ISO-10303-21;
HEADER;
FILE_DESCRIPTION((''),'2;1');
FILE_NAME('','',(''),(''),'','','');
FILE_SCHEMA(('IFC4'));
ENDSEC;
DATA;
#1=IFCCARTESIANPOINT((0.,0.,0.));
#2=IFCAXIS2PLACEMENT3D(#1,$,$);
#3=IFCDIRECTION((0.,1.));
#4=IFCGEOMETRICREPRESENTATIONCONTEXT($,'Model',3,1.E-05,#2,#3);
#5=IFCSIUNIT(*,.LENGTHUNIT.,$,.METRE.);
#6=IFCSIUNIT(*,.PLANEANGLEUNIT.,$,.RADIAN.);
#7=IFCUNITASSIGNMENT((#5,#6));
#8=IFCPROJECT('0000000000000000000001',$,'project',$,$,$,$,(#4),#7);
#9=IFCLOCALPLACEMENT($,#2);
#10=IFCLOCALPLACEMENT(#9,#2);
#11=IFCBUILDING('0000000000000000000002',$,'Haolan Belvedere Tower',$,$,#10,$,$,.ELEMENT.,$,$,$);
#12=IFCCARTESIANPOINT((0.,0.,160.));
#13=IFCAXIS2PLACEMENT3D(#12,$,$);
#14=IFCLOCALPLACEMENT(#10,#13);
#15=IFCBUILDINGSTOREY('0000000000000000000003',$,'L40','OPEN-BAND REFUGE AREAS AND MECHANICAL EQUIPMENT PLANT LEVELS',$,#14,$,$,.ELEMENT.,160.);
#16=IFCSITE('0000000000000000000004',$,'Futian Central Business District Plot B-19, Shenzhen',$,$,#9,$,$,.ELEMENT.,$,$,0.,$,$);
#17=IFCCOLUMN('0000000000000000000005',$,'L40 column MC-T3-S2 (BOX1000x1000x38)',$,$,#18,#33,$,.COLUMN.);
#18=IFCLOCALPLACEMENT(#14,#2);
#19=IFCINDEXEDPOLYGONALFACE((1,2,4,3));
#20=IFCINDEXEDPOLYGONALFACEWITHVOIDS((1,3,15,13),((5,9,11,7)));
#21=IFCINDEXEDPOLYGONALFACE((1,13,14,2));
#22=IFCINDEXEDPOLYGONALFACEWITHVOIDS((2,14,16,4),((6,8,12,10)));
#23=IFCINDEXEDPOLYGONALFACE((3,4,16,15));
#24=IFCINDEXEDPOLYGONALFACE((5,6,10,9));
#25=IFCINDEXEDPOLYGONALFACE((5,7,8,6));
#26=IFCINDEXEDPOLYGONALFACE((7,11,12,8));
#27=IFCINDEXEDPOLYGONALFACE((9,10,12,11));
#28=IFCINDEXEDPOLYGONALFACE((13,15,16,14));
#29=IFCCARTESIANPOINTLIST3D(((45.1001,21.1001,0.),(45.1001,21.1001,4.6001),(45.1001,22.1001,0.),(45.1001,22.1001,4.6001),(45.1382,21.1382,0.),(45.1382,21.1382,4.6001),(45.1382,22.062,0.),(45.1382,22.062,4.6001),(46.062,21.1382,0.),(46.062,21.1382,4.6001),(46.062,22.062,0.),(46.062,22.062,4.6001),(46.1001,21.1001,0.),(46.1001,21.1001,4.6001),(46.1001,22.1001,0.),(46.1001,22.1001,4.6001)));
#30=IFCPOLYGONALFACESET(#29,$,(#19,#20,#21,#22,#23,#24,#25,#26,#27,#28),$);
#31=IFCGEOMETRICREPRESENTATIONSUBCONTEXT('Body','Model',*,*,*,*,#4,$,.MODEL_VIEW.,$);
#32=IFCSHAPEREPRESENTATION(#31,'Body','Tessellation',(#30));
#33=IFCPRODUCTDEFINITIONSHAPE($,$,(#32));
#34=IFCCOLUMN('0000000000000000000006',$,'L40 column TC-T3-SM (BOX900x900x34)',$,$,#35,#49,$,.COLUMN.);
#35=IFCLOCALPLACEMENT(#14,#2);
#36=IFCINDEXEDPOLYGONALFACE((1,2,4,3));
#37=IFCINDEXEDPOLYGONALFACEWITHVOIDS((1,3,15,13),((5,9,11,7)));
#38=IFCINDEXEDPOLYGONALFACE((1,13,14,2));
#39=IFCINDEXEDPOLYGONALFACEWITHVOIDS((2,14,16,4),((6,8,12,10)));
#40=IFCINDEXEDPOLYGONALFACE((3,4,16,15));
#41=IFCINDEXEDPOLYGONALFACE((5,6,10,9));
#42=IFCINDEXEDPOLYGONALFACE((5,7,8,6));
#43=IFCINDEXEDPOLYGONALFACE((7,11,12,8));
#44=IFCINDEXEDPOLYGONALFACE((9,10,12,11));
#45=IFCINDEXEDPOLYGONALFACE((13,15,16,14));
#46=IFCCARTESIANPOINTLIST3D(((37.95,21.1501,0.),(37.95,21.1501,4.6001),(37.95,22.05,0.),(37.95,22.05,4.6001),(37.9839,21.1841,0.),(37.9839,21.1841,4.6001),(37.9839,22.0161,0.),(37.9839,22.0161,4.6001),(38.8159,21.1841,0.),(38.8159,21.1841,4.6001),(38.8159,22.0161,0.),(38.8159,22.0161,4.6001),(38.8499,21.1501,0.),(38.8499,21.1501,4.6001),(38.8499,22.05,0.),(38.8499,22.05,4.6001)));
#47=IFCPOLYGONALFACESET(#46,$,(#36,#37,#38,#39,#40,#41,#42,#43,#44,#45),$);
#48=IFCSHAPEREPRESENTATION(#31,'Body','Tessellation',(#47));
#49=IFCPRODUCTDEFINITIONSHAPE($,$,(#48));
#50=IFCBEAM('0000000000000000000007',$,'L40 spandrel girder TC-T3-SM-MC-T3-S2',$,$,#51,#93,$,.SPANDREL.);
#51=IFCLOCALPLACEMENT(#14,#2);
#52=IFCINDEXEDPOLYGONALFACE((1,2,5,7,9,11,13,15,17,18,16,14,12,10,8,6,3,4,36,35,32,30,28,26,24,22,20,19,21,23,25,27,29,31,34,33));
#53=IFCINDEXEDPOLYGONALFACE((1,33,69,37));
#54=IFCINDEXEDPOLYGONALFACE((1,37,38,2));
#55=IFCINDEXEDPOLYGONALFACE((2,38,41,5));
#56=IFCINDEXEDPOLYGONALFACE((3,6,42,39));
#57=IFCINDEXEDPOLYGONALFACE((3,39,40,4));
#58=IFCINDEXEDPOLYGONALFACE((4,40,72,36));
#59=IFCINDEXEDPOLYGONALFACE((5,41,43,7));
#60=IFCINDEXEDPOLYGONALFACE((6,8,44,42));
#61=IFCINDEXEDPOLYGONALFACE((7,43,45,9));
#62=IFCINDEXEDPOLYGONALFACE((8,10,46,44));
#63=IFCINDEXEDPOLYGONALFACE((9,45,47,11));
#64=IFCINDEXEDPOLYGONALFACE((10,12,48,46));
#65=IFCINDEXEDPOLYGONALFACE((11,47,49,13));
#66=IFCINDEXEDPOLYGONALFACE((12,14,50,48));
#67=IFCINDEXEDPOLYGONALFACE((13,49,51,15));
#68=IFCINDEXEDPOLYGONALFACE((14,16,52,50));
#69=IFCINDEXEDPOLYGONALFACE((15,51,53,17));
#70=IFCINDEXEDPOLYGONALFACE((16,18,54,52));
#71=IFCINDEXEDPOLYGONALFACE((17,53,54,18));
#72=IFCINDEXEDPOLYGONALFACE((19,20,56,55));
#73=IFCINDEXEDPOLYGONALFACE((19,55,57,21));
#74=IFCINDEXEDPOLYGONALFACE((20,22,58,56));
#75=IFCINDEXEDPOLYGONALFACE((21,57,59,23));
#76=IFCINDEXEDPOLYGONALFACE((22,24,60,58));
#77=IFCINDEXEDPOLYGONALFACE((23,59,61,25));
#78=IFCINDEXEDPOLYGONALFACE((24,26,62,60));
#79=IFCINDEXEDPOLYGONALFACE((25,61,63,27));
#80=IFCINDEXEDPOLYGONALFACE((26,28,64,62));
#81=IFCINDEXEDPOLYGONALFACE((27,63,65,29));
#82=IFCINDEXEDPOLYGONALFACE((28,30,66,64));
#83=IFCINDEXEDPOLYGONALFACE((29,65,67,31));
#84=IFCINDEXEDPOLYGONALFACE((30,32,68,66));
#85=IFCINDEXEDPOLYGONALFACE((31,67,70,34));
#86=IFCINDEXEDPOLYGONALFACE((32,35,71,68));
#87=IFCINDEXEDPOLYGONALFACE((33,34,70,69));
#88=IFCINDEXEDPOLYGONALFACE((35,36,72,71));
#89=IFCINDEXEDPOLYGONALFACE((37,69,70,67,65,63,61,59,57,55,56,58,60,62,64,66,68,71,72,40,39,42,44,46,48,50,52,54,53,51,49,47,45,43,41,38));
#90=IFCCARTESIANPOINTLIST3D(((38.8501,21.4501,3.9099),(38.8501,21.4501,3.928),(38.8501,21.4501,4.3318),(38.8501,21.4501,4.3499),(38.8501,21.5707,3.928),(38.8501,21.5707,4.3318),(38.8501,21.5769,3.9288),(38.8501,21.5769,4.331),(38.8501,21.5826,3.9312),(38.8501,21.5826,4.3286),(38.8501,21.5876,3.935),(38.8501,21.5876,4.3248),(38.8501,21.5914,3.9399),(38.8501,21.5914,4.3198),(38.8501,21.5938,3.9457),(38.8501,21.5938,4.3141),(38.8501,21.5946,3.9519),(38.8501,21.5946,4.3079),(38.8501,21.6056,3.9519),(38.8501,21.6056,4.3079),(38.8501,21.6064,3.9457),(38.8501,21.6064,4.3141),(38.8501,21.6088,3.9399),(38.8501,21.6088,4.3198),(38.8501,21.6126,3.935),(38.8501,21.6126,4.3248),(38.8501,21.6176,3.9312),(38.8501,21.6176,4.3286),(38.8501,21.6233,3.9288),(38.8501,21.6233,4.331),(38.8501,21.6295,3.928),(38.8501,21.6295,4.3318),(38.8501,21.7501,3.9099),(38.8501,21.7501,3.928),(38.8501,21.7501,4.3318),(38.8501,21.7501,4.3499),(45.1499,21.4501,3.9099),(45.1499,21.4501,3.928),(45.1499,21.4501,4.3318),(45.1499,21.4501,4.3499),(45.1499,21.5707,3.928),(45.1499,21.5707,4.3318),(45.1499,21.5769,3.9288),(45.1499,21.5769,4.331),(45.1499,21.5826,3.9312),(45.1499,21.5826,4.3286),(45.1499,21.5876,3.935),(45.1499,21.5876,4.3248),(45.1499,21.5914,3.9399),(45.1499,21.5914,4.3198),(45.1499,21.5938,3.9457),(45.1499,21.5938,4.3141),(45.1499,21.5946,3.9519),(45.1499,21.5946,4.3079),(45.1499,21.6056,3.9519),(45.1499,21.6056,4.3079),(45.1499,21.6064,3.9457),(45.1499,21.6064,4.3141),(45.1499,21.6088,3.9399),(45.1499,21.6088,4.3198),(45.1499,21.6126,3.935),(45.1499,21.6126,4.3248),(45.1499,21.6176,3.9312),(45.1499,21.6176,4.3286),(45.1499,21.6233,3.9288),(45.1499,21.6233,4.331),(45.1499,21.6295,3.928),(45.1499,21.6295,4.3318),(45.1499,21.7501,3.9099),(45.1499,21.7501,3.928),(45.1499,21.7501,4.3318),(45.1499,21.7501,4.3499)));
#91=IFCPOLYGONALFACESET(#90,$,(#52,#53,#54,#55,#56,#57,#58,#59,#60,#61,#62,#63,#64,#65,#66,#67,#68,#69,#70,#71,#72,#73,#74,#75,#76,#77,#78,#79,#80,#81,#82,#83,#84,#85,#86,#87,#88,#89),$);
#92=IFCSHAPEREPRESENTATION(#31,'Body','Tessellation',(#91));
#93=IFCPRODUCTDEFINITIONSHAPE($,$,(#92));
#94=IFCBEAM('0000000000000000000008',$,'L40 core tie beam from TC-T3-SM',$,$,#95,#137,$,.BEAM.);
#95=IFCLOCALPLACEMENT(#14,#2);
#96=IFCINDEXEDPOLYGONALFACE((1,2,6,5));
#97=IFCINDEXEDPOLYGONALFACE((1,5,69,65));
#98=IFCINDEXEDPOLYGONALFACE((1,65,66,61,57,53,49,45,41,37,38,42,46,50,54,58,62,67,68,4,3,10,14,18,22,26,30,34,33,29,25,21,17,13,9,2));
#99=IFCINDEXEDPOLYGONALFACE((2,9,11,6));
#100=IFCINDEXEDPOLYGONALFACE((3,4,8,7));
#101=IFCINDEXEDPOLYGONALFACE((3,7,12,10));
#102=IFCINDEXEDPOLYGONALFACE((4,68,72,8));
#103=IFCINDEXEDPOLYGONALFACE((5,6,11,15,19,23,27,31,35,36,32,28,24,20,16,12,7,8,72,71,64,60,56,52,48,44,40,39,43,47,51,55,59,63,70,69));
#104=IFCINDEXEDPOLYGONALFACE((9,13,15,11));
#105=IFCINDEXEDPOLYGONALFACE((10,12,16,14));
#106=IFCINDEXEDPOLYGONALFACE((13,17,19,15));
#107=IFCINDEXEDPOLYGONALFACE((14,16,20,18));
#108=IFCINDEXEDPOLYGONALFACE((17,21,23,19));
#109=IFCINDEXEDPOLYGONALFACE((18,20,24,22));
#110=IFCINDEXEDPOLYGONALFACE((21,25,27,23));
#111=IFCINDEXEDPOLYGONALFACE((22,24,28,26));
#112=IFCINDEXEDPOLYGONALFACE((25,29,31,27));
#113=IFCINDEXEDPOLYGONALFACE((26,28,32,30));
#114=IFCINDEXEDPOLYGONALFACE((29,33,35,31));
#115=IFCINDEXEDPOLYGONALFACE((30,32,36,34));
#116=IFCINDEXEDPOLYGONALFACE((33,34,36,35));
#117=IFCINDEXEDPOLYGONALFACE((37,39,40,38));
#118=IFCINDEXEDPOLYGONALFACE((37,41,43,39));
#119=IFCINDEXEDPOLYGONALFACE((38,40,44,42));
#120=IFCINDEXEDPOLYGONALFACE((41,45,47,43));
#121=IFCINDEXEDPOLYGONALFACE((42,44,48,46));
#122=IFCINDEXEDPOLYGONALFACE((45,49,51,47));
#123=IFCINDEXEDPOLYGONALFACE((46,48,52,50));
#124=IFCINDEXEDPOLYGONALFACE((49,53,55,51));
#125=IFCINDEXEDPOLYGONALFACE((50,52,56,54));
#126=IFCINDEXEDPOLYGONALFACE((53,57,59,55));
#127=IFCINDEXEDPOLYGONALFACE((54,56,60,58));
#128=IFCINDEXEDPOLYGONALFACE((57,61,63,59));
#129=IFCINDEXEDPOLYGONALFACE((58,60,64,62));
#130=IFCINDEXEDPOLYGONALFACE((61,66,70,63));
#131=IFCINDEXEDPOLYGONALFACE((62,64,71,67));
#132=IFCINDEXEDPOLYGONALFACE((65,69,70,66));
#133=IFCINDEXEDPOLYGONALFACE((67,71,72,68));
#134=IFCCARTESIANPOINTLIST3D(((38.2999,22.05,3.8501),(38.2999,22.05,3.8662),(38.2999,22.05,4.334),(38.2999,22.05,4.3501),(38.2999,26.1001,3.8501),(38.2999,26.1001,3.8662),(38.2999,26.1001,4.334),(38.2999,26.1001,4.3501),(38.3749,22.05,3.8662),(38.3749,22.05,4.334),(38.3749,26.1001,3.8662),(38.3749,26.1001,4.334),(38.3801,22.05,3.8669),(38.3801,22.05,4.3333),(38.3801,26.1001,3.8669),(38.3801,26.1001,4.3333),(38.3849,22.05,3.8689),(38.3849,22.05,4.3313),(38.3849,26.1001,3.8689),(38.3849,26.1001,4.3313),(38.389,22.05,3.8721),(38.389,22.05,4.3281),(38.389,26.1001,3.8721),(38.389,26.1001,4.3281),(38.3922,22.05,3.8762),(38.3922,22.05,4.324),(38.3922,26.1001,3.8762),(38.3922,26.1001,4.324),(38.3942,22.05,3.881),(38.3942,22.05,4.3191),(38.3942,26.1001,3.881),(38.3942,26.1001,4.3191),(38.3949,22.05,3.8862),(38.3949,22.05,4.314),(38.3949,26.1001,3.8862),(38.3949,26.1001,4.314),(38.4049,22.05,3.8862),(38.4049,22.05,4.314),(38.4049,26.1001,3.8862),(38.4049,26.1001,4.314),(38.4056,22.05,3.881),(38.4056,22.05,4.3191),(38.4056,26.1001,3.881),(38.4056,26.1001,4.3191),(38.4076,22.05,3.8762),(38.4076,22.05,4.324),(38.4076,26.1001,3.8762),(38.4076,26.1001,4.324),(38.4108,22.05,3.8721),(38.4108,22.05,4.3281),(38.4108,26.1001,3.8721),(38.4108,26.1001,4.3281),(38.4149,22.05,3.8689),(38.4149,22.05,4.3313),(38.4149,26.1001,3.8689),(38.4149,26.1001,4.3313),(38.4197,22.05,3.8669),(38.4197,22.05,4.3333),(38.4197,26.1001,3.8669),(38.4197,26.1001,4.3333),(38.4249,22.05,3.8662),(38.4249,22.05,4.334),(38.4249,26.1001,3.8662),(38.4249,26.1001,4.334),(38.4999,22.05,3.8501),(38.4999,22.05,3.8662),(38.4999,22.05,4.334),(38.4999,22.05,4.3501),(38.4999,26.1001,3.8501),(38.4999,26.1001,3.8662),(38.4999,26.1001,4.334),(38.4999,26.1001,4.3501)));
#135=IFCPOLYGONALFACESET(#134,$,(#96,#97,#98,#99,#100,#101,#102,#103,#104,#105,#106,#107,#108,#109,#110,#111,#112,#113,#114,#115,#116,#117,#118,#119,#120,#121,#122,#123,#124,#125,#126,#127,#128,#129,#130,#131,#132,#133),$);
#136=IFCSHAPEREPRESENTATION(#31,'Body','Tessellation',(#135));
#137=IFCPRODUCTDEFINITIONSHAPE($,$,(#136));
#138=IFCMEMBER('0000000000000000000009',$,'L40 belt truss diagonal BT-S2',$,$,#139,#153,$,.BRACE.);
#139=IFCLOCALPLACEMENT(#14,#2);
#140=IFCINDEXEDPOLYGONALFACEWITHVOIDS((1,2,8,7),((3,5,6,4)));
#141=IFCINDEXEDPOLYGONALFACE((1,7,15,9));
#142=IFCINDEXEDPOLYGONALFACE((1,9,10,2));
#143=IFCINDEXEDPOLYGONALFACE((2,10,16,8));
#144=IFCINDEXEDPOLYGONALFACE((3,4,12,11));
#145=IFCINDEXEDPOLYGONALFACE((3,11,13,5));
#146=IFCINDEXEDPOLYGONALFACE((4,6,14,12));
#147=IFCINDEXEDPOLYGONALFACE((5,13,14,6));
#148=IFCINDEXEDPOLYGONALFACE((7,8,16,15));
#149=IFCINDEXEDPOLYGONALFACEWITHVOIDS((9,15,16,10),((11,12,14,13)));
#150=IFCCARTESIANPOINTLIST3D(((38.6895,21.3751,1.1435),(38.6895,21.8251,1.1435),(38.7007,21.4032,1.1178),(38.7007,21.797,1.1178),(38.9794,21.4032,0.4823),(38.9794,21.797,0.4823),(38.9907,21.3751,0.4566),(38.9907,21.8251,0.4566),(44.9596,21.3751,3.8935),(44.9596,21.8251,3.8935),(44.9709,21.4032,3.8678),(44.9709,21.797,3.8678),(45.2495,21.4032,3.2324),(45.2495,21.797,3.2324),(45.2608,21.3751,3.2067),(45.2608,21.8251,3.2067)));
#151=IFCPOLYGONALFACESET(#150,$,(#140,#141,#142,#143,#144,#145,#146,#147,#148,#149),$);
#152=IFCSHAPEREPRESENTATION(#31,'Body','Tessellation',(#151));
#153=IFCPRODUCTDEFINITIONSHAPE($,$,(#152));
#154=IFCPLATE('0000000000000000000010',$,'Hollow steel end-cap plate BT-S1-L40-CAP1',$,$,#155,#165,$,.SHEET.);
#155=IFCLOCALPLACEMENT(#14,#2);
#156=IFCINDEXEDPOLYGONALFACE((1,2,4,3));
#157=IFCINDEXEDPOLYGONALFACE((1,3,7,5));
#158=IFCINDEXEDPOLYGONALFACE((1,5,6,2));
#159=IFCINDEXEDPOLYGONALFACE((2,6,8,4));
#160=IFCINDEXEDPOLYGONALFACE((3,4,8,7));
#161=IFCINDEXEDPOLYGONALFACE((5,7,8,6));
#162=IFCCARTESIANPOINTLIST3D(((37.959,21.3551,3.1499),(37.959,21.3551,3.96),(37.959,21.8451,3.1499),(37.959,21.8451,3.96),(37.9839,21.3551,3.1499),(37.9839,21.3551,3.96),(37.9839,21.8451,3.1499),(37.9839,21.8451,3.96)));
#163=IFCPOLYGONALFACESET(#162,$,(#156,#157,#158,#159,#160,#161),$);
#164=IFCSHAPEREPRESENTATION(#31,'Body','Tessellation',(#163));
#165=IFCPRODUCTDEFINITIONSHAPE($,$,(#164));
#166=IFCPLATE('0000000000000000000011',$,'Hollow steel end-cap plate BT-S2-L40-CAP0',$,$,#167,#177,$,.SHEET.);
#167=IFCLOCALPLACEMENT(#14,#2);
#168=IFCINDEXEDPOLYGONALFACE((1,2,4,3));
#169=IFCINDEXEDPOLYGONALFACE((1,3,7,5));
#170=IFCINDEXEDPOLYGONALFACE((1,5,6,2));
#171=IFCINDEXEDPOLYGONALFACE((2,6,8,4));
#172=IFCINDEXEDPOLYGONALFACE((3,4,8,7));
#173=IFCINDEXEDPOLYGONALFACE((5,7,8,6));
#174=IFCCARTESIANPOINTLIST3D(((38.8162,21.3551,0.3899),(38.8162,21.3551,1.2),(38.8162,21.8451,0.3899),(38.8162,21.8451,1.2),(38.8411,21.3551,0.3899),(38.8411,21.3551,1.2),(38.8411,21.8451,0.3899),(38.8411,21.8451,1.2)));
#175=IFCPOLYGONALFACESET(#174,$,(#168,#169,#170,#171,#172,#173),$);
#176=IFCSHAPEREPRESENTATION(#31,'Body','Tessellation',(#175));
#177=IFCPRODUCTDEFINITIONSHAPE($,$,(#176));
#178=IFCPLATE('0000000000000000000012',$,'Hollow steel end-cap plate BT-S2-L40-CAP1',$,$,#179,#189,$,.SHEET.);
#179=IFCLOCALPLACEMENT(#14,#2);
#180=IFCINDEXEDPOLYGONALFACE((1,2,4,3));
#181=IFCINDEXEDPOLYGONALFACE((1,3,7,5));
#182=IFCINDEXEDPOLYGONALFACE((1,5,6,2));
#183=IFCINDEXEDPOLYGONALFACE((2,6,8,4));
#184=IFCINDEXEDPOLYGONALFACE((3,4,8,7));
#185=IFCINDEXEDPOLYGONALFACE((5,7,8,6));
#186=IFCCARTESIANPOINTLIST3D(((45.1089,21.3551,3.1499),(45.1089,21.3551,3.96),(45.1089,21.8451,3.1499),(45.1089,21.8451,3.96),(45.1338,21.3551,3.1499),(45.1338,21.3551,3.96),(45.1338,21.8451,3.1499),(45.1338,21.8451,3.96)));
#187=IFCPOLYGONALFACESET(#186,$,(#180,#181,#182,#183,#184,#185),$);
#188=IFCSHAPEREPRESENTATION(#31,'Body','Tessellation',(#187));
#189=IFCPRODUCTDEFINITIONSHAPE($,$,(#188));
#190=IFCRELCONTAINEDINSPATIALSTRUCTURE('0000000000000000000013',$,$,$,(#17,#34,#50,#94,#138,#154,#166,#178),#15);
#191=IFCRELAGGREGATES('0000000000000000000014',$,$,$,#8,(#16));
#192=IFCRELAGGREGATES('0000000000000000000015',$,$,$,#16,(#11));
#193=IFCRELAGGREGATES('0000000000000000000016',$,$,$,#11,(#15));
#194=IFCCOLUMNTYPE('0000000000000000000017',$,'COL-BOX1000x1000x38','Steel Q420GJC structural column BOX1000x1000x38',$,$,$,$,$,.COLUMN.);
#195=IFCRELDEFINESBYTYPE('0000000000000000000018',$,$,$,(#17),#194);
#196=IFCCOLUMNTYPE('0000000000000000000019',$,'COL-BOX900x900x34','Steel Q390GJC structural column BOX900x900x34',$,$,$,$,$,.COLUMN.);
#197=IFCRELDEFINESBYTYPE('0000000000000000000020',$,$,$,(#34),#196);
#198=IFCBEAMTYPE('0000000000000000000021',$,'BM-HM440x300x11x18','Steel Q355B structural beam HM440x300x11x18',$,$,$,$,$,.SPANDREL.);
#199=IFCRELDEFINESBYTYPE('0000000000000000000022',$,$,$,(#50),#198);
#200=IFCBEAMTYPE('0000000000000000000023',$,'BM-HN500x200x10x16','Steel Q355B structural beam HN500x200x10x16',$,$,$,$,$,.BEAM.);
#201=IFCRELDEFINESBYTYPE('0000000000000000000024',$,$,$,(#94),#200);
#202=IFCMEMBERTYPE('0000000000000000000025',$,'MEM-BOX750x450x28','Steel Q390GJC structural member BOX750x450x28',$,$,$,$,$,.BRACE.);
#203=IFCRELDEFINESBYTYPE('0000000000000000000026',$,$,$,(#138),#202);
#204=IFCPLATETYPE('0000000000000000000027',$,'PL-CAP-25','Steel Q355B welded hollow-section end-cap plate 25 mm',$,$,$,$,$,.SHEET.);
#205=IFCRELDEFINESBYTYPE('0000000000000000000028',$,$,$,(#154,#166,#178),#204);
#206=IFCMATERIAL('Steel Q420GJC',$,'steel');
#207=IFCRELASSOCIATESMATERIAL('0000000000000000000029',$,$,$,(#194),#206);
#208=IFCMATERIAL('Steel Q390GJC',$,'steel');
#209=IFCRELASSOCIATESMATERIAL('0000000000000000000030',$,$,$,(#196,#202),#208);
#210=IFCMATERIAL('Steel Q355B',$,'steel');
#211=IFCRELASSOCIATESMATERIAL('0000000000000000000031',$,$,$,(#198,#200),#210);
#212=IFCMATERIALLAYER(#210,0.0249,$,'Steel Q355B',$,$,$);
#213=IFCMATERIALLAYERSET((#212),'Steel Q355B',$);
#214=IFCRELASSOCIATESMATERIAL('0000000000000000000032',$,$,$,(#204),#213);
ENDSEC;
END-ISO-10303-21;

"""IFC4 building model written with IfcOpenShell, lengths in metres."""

from ifc_helpers import new_model, si_unit, direction, frame, origin, origin_2d, place, context, subcontext, project, spatial, rectangle, hollow_rectangle, i_section, extrude, material, layer, layer_set, material_profile, profile_set, type_object, element, save


model = new_model("IFC4")

# Units and contexts
model_context = context("Model", 3, precision=1e-05, world=origin(), true_north=direction((0.0, 1.0)))
body_context = subcontext(model_context, "Body", "Model", "MODEL_VIEW")
ifc_project = project(units=[si_unit("LENGTHUNIT", "METRE"), si_unit("PLANEANGLEUNIT", "RADIAN")], contexts=[model_context])

# Site, building, storey
site_placement = place(None, origin())
site = spatial("IfcSite", under=ifc_project, at=site_placement, Name="Futian Central Business District Plot B-19, Shenzhen", CompositionType="ELEMENT", RefElevation=0.0)
building_placement = place(site_placement, origin())
building = spatial("IfcBuilding", under=site, at=building_placement, Name="Haolan Belvedere Tower", CompositionType="ELEMENT")
storey_placement = place(building_placement, frame((0.0, 0.0, 160.0)))
storey = spatial("IfcBuildingStorey", under=building, at=storey_placement, Name="L40", Description="OPEN-BAND REFUGE AREAS AND MECHANICAL EQUIPMENT PLANT LEVELS", CompositionType="ELEMENT", Elevation=160.0)

# Columns
ifc_material_1 = material(Name="Steel Q420GJC", Category="steel")
ifc_material_profile_1 = material_profile(ifc_material_1, hollow_rectangle(XDim=1.0, YDim=1.0, WallThickness=0.0381, at=origin_2d()), Name="Steel Q420GJC")
ifc_profile_set_1 = profile_set([ifc_material_profile_1], Name="Steel Q420GJC")
column_type_1 = type_object("IfcColumnType", Name="COL-BOX1000x1000x38", Description="Steel Q420GJC structural column BOX1000x1000x38", PredefinedType="COLUMN", material=ifc_profile_set_1)
column_1_placement = place(storey_placement, frame((45.6001, 21.6001, 0.0), z_axis=(0.0, 0.0, 1.0), x_axis=(1.0, 0.0, 0.0)))
element("IfcColumn", 1, at=column_1_placement, inside=storey, type_object=column_type_1, Name="L40 column MC-T3-S2 (BOX1000x1000x38)", PredefinedType="COLUMN", context=body_context, shape_type="SweptSolid", body=[
    extrude(hollow_rectangle(XDim=1.0, YDim=1.0, WallThickness=0.0381, at=origin_2d()), origin(), (0.0, 0.0, 1.0), 4.6001),
])
ifc_material_2 = material(Name="Steel Q390GJC", Category="steel")
ifc_material_profile_2 = material_profile(ifc_material_2, hollow_rectangle(XDim=0.8999, YDim=0.8999, WallThickness=0.0339, at=origin_2d()), Name="Steel Q390GJC")
ifc_profile_set_2 = profile_set([ifc_material_profile_2], Name="Steel Q390GJC")
column_type_2 = type_object("IfcColumnType", Name="COL-BOX900x900x34", Description="Steel Q390GJC structural column BOX900x900x34", PredefinedType="COLUMN", material=ifc_profile_set_2)
column_2_placement = place(storey_placement, frame((38.3999, 21.6001, 0.0), z_axis=(0.0, 0.0, 1.0), x_axis=(1.0, 0.0, 0.0)))
element("IfcColumn", 2, at=column_2_placement, inside=storey, type_object=column_type_2, Name="L40 column TC-T3-SM (BOX900x900x34)", PredefinedType="COLUMN", context=body_context, shape_type="SweptSolid", body=[
    extrude(hollow_rectangle(XDim=0.8999, YDim=0.8999, WallThickness=0.0339, at=origin_2d()), origin(), (0.0, 0.0, 1.0), 4.6001),
])

# Beams
ifc_material_3 = material(Name="Steel Q355B", Category="steel")
ifc_material_profile_3 = material_profile(ifc_material_3, i_section(OverallWidth=0.3, OverallDepth=0.4399, WebThickness=0.011, FlangeThickness=0.0181, FilletRadius=0.0239, at=origin_2d()), Name="Steel Q355B")
ifc_profile_set_3 = profile_set([ifc_material_profile_3], Name="Steel Q355B")
beam_type_1 = type_object("IfcBeamType", Name="BM-HM440x300x11x18", Description="Steel Q355B structural beam HM440x300x11x18", PredefinedType="SPANDREL", material=ifc_profile_set_3)
beam_1_placement = place(storey_placement, frame((38.8501, 21.6001, 4.1299), z_axis=(1.0, 0.0, 0.0), x_axis=(0.0, 1.0, 0.0)))
element("IfcBeam", 3, at=beam_1_placement, inside=storey, type_object=beam_type_1, Name="L40 spandrel girder TC-T3-SM-MC-T3-S2", PredefinedType="SPANDREL", context=body_context, shape_type="SweptSolid", body=[
    extrude(i_section(OverallWidth=0.3, OverallDepth=0.4399, WebThickness=0.011, FlangeThickness=0.0181, FilletRadius=0.0239, at=origin_2d()), origin(), (0.0, 0.0, 1.0), 6.2998),
])
ifc_material_profile_4 = material_profile(ifc_material_3, i_section(OverallWidth=0.2, OverallDepth=0.5, WebThickness=0.01, FlangeThickness=0.0161, FilletRadius=0.02, at=origin_2d()), Name="Steel Q355B")
ifc_profile_set_4 = profile_set([ifc_material_profile_4], Name="Steel Q355B")
beam_type_2 = type_object("IfcBeamType", Name="BM-HN500x200x10x16", Description="Steel Q355B structural beam HN500x200x10x16", PredefinedType="BEAM", material=ifc_profile_set_4)
beam_2_placement = place(storey_placement, frame((38.3999, 22.05, 4.1001), z_axis=(0.0, 1.0, 0.0), x_axis=(-1.0, 0.0, 0.0)))
element("IfcBeam", 4, at=beam_2_placement, inside=storey, type_object=beam_type_2, Name="L40 core tie beam from TC-T3-SM", PredefinedType="BEAM", context=body_context, shape_type="SweptSolid", body=[
    extrude(i_section(OverallWidth=0.2, OverallDepth=0.5, WebThickness=0.01, FlangeThickness=0.0161, FilletRadius=0.02, at=origin_2d()), origin(), (0.0, 0.0, 1.0), 4.05),
])

# Member
ifc_material_profile_5 = material_profile(ifc_material_2, hollow_rectangle(XDim=0.45, YDim=0.75, WallThickness=0.0281, at=origin_2d()), Name="Steel Q390GJC")
ifc_profile_set_5 = profile_set([ifc_material_profile_5], Name="Steel Q390GJC")
member_type = type_object("IfcMemberType", Name="MEM-BOX750x450x28", Description="Steel Q390GJC structural member BOX750x450x28", PredefinedType="BRACE", material=ifc_profile_set_5)
member_placement = place(storey_placement, frame((38.8401, 21.6001, 0.8), z_axis=(0.915789, 0.0, 0.40166), x_axis=(0.0, 1.0, 0.0)))
element("IfcMember", 5, at=member_placement, inside=storey, type_object=member_type, Name="L40 belt truss diagonal BT-S2", PredefinedType="BRACE", context=body_context, shape_type="SweptSolid", body=[
    extrude(hollow_rectangle(XDim=0.45, YDim=0.75, WallThickness=0.0281, at=origin_2d()), origin(), (0.0, 0.0, 1.0), 6.8467),
])

# Plates
ifc_layer_1 = layer(ifc_material_3, 0.0249, Name="Steel Q355B")
ifc_layer_set_1 = layer_set([ifc_layer_1], Name="Steel Q355B")
plate_type_1 = type_object("IfcPlateType", Name="PL-CAP-25", Description="Steel Q355B welded hollow-section end-cap plate 25 mm", PredefinedType="SHEET", material=ifc_layer_set_1)
for number, where, z_axis, x_axis, name in (
    (6, (37.9714, 21.6001, 3.1499), (0.0, 0.0, 1.0), (0.0, 1.0, 0.0), "Hollow steel end-cap plate BT-S1-L40-CAP1"),
    (7, (38.8286, 21.6001, 0.3899), (0.0, 0.0, 1.0), (0.0, -1.0, 0.0), "Hollow steel end-cap plate BT-S2-L40-CAP0"),
    (8, (45.1213, 21.6001, 3.1499), (0.0, 0.0, 1.0), (0.0, 1.0, 0.0), "Hollow steel end-cap plate BT-S2-L40-CAP1"),
):
    element("IfcPlate", number, at=place(storey_placement, frame(where, z_axis=z_axis, x_axis=x_axis)), inside=storey, type_object=plate_type_1, Name=name, PredefinedType="SHEET", context=body_context, shape_type="SweptSolid", body=[
        extrude(rectangle(XDim=0.49, YDim=0.0249, at=origin_2d()), origin(), (0.0, 0.0, 1.0), 0.8101),
    ])

save(model, "model.ifc")
